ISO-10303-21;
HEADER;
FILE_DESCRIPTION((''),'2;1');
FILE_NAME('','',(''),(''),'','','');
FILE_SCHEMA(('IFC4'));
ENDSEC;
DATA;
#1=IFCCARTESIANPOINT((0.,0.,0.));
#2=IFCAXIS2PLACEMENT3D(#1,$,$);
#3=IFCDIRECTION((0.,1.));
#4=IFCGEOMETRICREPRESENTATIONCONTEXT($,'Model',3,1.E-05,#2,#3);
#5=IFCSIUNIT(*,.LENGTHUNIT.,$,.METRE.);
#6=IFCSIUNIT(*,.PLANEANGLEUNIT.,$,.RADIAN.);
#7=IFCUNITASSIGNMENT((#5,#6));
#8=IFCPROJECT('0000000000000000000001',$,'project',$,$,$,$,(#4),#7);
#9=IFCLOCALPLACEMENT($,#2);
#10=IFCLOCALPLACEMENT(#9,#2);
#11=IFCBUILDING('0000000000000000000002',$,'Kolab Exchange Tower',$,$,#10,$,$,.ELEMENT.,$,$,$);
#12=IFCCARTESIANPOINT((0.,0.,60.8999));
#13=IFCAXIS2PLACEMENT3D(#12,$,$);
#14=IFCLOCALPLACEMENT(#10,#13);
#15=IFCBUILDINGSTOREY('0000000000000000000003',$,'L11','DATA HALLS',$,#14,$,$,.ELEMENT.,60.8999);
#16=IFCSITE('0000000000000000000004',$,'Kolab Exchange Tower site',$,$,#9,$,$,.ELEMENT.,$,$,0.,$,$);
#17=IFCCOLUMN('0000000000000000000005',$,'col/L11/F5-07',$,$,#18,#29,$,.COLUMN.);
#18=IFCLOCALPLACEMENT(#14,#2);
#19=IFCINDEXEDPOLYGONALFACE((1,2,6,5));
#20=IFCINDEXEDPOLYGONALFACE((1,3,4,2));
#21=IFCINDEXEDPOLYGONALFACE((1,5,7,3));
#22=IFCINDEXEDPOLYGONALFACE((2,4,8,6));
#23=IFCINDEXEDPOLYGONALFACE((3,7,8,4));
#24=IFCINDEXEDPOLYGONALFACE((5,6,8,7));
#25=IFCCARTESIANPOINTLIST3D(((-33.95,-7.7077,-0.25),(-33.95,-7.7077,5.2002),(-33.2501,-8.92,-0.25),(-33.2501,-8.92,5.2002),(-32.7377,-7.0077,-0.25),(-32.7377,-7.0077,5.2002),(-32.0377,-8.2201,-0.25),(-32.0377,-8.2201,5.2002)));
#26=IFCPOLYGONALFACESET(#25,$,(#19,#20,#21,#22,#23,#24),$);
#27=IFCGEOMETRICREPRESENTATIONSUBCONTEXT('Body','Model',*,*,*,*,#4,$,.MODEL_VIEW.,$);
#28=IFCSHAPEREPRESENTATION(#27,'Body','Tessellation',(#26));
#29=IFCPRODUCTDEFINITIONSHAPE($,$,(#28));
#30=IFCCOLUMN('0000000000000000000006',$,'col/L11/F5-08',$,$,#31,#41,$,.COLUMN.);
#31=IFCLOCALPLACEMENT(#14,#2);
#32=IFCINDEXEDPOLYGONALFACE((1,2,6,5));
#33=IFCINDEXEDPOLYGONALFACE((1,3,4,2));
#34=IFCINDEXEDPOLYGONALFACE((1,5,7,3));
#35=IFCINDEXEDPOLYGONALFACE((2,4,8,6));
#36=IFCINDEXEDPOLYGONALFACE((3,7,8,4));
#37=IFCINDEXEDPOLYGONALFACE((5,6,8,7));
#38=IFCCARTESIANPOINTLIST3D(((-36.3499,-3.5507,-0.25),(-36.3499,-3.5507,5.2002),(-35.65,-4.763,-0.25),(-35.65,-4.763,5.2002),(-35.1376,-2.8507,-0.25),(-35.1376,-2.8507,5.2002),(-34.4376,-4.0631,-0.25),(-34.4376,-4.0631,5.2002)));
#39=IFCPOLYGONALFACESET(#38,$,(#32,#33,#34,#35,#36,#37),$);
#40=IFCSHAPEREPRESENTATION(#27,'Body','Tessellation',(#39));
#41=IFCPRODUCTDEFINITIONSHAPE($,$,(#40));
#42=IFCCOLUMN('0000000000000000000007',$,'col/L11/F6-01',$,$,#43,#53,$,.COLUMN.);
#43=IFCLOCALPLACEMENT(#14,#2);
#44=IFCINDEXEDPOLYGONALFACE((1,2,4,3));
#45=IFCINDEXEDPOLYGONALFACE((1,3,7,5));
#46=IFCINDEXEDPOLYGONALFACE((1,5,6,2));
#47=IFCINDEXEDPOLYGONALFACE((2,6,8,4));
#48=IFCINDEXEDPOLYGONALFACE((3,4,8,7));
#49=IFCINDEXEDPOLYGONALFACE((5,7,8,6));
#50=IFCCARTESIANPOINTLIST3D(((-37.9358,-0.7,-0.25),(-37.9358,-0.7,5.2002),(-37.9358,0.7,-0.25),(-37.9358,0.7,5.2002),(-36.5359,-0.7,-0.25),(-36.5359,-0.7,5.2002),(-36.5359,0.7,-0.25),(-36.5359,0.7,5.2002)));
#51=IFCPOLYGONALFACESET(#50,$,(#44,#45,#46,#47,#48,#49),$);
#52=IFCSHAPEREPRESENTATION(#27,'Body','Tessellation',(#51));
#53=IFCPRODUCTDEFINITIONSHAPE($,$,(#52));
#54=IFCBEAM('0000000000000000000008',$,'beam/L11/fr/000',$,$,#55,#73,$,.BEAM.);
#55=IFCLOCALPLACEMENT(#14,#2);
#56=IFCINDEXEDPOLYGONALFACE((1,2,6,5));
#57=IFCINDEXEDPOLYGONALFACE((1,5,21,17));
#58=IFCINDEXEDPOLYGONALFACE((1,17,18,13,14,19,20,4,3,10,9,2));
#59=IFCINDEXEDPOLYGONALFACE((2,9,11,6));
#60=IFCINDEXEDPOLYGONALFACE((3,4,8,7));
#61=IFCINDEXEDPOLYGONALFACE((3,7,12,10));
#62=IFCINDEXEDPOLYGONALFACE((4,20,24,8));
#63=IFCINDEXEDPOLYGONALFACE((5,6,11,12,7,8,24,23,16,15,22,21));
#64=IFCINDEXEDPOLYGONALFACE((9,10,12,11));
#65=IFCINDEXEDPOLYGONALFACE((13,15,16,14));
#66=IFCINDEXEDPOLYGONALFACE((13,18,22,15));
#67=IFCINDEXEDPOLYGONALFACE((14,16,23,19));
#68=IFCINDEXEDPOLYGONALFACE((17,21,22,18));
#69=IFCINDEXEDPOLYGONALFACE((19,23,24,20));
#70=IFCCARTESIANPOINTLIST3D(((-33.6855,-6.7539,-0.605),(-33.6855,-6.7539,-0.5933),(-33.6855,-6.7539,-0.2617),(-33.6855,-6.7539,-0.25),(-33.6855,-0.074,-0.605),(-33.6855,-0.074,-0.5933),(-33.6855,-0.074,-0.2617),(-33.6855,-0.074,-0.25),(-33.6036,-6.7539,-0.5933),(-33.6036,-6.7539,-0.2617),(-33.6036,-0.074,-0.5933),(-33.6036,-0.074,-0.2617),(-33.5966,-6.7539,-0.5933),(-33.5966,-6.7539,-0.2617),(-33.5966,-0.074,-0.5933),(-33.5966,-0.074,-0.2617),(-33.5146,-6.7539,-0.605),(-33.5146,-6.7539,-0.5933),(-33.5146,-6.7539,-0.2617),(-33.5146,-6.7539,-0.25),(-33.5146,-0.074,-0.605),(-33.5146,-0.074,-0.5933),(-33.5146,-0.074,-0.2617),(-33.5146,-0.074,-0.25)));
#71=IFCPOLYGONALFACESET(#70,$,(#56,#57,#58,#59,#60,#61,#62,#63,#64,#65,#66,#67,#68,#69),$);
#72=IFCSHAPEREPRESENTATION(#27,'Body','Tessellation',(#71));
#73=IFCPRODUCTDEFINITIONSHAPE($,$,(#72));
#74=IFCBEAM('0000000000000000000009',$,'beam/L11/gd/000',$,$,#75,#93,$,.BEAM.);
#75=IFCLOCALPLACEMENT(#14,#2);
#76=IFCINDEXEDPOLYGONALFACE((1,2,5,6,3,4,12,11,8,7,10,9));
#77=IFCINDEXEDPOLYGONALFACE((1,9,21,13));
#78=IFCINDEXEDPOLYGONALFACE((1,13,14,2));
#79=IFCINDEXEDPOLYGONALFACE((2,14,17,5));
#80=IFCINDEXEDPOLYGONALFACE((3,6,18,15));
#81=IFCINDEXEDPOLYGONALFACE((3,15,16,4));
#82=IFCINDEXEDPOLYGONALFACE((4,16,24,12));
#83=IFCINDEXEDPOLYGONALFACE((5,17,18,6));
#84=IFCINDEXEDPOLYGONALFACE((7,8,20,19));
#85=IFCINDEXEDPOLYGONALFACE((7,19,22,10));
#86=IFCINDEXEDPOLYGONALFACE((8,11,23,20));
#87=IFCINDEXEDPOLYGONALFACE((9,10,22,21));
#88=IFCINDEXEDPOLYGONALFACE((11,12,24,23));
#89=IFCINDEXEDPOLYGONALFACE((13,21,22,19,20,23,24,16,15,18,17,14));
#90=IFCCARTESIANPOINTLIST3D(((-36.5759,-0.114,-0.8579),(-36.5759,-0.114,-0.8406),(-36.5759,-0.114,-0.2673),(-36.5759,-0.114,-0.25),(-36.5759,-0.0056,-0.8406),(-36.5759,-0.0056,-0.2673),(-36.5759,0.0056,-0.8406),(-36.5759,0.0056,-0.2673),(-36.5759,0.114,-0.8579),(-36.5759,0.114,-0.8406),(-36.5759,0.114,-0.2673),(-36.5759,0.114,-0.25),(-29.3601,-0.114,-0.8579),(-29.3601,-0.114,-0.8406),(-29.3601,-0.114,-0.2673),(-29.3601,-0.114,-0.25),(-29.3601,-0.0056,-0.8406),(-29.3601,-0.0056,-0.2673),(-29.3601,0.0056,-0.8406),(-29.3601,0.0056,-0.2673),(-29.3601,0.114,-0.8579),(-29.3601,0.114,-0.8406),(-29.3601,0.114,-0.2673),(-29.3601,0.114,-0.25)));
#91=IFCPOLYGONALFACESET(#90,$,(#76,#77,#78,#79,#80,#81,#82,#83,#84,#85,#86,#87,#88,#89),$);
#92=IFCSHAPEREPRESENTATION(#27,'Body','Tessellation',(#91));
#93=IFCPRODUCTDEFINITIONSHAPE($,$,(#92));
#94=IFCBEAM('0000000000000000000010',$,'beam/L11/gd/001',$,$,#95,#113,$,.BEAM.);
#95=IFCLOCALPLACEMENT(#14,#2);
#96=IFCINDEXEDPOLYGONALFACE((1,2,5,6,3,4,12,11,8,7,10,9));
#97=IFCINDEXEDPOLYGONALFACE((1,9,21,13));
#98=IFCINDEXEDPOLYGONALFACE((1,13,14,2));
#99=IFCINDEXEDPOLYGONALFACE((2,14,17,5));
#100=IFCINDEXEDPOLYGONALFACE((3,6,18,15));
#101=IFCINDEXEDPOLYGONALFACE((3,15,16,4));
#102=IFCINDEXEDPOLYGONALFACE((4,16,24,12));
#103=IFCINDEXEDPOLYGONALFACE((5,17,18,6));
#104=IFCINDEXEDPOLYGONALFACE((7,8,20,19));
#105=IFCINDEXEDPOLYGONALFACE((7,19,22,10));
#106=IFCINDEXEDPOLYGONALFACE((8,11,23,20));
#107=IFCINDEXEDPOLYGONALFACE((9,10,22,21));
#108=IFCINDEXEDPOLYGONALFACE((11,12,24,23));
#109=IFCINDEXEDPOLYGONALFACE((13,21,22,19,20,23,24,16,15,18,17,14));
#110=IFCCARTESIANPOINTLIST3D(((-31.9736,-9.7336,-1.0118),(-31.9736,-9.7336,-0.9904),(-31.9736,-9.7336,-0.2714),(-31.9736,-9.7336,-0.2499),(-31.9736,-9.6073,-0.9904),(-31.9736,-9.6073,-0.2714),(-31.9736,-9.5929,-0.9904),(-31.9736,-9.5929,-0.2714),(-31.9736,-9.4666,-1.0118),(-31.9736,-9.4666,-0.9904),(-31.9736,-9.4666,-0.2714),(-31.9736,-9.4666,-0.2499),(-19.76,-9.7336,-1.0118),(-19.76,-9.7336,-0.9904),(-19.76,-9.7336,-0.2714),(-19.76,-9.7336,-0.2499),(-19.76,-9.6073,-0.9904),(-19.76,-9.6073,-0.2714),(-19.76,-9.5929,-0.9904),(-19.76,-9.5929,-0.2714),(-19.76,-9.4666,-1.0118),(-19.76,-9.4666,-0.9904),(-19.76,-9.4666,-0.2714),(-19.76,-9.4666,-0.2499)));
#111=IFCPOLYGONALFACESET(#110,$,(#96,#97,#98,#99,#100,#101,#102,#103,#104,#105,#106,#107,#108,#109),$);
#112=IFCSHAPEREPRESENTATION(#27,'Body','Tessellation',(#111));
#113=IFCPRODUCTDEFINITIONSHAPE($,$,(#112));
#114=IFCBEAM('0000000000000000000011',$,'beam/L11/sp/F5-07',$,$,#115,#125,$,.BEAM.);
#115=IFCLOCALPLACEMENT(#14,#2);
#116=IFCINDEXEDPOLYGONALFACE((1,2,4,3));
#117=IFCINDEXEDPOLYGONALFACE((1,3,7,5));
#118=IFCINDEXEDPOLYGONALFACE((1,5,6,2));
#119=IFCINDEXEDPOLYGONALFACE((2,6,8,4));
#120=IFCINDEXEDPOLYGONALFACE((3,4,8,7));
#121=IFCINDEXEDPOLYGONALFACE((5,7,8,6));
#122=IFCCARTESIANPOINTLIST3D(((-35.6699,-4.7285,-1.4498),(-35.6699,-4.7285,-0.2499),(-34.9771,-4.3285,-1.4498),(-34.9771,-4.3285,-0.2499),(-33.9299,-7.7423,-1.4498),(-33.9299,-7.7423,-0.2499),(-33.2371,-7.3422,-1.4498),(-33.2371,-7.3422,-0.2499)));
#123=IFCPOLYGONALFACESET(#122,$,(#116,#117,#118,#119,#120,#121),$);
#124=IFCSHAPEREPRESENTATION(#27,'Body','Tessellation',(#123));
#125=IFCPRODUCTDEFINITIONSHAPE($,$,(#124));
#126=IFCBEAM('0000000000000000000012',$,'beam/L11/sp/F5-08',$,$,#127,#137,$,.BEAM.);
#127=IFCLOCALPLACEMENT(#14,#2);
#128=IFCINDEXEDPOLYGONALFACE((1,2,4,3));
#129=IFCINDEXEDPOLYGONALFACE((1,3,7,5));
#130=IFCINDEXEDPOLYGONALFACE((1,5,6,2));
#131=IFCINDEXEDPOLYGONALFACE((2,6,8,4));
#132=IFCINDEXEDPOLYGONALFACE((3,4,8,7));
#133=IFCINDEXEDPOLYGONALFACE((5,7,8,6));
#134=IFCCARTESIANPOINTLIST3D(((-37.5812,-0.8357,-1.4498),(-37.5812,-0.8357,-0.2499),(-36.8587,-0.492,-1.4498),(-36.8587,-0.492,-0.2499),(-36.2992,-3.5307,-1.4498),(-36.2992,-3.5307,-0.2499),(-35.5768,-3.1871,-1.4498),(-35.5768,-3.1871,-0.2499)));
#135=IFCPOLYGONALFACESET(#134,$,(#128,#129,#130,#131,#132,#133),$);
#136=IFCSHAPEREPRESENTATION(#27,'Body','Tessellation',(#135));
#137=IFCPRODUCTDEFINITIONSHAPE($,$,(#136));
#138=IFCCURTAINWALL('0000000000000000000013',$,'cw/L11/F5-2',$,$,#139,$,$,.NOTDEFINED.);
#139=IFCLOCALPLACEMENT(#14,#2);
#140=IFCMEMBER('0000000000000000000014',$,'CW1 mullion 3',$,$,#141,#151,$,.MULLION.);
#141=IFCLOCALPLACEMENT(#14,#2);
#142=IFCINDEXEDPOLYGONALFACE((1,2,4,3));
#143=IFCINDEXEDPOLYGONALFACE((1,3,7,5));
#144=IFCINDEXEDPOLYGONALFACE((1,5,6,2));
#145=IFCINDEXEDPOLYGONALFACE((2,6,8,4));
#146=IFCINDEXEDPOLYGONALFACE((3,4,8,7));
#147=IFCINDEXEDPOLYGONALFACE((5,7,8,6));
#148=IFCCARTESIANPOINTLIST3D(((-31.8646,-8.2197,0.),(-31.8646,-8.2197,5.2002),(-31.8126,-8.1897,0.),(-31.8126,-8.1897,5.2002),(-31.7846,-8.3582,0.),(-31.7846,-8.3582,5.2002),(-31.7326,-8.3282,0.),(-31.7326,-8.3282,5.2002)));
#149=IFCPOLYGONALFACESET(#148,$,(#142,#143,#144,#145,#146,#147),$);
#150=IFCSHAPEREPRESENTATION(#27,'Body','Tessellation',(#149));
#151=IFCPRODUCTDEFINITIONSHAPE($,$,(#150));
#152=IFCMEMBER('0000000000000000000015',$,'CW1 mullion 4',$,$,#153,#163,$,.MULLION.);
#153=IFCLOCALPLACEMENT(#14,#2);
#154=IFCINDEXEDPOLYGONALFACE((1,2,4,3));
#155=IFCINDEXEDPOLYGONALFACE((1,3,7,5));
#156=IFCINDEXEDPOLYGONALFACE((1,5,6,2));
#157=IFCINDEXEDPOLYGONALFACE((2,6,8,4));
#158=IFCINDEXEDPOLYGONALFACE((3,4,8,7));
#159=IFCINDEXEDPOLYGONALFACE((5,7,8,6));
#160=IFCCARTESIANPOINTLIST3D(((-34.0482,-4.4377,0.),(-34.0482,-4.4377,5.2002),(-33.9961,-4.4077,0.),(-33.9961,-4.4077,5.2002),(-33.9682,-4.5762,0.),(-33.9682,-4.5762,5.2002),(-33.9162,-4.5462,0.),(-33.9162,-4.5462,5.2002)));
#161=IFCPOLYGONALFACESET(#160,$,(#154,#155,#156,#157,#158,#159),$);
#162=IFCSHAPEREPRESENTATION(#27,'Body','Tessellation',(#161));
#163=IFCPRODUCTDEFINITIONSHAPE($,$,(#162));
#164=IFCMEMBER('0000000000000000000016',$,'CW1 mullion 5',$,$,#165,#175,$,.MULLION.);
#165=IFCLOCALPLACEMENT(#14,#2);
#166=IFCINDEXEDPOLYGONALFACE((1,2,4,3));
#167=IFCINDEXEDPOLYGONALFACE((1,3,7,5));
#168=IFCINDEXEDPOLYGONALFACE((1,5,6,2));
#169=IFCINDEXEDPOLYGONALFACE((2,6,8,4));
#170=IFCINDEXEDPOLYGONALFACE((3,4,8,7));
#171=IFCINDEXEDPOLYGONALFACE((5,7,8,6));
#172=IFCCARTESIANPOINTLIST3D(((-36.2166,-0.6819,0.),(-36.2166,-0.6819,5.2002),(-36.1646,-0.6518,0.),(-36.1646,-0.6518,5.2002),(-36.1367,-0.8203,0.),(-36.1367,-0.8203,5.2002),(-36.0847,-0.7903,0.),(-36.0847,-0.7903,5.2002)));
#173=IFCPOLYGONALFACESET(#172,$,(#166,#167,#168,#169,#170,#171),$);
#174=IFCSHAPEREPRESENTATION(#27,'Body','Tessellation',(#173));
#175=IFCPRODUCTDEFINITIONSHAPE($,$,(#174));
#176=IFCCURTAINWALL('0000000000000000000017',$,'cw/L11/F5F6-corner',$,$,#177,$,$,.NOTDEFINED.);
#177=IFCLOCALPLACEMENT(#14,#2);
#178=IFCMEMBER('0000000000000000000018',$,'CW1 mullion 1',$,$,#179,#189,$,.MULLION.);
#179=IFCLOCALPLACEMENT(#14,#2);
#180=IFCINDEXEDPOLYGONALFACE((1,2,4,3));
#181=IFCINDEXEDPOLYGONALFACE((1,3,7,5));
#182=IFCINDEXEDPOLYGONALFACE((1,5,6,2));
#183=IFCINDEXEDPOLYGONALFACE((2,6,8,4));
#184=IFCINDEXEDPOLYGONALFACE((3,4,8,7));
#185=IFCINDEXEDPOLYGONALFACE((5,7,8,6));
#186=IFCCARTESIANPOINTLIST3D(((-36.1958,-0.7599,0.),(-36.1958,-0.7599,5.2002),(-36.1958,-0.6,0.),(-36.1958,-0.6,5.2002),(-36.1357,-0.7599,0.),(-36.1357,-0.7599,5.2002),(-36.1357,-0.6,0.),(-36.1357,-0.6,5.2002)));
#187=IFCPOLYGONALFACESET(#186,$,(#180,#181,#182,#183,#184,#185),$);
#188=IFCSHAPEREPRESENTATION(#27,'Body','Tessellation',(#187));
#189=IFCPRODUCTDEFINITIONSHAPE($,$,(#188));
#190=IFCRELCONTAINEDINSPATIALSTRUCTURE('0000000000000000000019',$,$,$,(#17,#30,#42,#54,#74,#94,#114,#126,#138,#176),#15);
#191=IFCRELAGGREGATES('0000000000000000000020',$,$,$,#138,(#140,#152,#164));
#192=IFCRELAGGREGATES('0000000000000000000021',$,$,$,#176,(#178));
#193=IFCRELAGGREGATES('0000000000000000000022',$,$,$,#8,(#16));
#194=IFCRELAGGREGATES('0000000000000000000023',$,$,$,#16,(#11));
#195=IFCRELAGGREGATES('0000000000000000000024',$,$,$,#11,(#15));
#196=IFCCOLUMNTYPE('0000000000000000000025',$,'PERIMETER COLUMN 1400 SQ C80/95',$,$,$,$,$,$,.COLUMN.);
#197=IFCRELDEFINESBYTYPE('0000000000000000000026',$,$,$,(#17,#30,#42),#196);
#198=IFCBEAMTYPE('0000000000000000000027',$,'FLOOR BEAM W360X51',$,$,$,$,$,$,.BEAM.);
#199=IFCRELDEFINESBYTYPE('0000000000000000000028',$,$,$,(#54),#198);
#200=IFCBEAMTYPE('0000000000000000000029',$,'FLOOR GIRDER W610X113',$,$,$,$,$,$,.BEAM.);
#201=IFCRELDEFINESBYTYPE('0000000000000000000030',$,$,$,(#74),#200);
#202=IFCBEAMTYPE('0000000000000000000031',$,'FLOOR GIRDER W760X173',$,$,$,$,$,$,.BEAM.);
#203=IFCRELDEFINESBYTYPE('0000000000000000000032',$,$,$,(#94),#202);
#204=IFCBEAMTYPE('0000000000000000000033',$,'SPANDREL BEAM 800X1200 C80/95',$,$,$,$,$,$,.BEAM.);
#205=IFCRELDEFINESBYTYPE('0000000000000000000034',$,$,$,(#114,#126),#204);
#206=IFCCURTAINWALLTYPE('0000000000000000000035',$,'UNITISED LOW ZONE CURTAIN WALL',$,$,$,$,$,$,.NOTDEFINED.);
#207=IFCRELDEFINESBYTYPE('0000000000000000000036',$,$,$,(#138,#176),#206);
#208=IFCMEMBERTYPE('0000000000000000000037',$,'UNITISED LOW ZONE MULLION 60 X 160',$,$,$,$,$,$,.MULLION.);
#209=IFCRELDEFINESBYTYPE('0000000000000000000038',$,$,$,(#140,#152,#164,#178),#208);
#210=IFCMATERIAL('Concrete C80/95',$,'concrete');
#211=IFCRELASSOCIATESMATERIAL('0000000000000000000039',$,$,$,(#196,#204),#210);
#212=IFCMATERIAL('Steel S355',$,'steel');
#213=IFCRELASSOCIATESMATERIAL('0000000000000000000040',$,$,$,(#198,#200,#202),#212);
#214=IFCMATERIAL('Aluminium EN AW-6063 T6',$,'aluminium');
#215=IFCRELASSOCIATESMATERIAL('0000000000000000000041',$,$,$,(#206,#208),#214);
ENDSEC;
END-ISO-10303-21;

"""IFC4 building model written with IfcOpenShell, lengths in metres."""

from ifc_helpers import new_model, si_unit, direction, frame, origin, origin_2d, place, context, subcontext, project, spatial, rectangle, i_section, extrude, material, material_profile, profile_set, type_object, element, aggregate, save


model = new_model("IFC4")

# Units and contexts
model_context = context("Model", 3, precision=1e-05, world=origin(), true_north=direction((0.0, 1.0)))
body_context = subcontext(model_context, "Body", "Model", "MODEL_VIEW")
ifc_project = project(units=[si_unit("LENGTHUNIT", "METRE"), si_unit("PLANEANGLEUNIT", "RADIAN")], contexts=[model_context])

# Site, building, storey
site_placement = place(None, origin())
site = spatial("IfcSite", under=ifc_project, at=site_placement, Name="Kolab Exchange Tower site", CompositionType="ELEMENT", RefElevation=0.0)
building_placement = place(site_placement, origin())
building = spatial("IfcBuilding", under=site, at=building_placement, Name="Kolab Exchange Tower", CompositionType="ELEMENT")
storey_placement = place(building_placement, frame((0.0, 0.0, 60.8999)))
storey = spatial("IfcBuildingStorey", under=building, at=storey_placement, Name="L11", Description="DATA HALLS", CompositionType="ELEMENT", Elevation=60.8999)

# Columns
ifc_material_1 = material(Name="Concrete C80/95", Category="concrete")
ifc_material_profile_1 = material_profile(ifc_material_1, rectangle(XDim=1.3999, YDim=1.3999, at=origin_2d()), Name="RC1400")
ifc_profile_set_1 = profile_set([ifc_material_profile_1], Name="Concrete C80/95")
column_type = type_object("IfcColumnType", Name="PERIMETER COLUMN 1400 SQ C80/95", PredefinedType="COLUMN", material=ifc_profile_set_1)
for number, where, z_axis, x_axis, name in (
    (1, (-32.9939, -7.9639, -0.25), (0.0, 0.0, 1.0), (0.866025, 0.5, 0.0), "col/L11/F5-07"),
    (2, (-35.3938, -3.8069, -0.25), (0.0, 0.0, 1.0), (0.866025, 0.5, 0.0), "col/L11/F5-08"),
    (3, (-37.2358, 0.0, -0.25), (0.0, 0.0, 1.0), (1.0, 0.0, 0.0), "col/L11/F6-01"),
):
    element("IfcColumn", number, at=place(storey_placement, frame(where, z_axis=z_axis, x_axis=x_axis)), inside=storey, type_object=column_type, Name=name, PredefinedType="COLUMN", context=body_context, shape_type="SweptSolid", body=[
        extrude(rectangle(XDim=1.3999, YDim=1.3999, at=origin_2d()), origin(), (0.0, 0.0, 1.0), 5.4502),
    ])

# Beams
ifc_material_2 = material(Name="Steel S355", Category="steel")
ifc_material_profile_2 = material_profile(ifc_material_2, i_section(OverallWidth=0.1709, OverallDepth=0.355, WebThickness=0.0071, FlangeThickness=0.0117, at=origin_2d()), Name="W360X51")
ifc_profile_set_2 = profile_set([ifc_material_profile_2], Name="Steel S355")
beam_type_1 = type_object("IfcBeamType", Name="FLOOR BEAM W360X51", PredefinedType="BEAM", material=ifc_profile_set_2)
beam_1_placement = place(storey_placement, frame((-33.6001, -6.7539, -0.4275), z_axis=(0.0, 1.0, 0.0), x_axis=(-1.0, 0.0, 0.0)))
element("IfcBeam", 4, at=beam_1_placement, inside=storey, type_object=beam_type_1, Name="beam/L11/fr/000", PredefinedType="BEAM", context=body_context, shape_type="SweptSolid", body=[
    extrude(i_section(OverallWidth=0.1709, OverallDepth=0.355, WebThickness=0.0071, FlangeThickness=0.0117, at=origin_2d()), origin(), (0.0, 0.0, 1.0), 6.6799),
])
ifc_material_profile_3 = material_profile(ifc_material_2, i_section(OverallWidth=0.228, OverallDepth=0.6079, WebThickness=0.0112, FlangeThickness=0.0173, at=origin_2d()), Name="W610X113")
ifc_profile_set_3 = profile_set([ifc_material_profile_3], Name="Steel S355")
beam_type_2 = type_object("IfcBeamType", Name="FLOOR GIRDER W610X113", PredefinedType="BEAM", material=ifc_profile_set_3)
beam_2_placement = place(storey_placement, frame((-36.5759, 0.0, -0.554), z_axis=(1.0, 0.0, 0.0), x_axis=(0.0, 1.0, 0.0)))
element("IfcBeam", 5, at=beam_2_placement, inside=storey, type_object=beam_type_2, Name="beam/L11/gd/000", PredefinedType="BEAM", context=body_context, shape_type="SweptSolid", body=[
    extrude(i_section(OverallWidth=0.228, OverallDepth=0.6079, WebThickness=0.0112, FlangeThickness=0.0173, at=origin_2d()), origin(), (0.0, 0.0, 1.0), 7.2158),
])
ifc_material_profile_4 = material_profile(ifc_material_2, i_section(OverallWidth=0.2671, OverallDepth=0.762, WebThickness=0.0144, FlangeThickness=0.0215, at=origin_2d()), Name="W760X173")
ifc_profile_set_4 = profile_set([ifc_material_profile_4], Name="Steel S355")
beam_type_3 = type_object("IfcBeamType", Name="FLOOR GIRDER W760X173", PredefinedType="BEAM", material=ifc_profile_set_4)
beam_3_placement = place(storey_placement, frame((-31.9736, -9.6001, -0.6309), z_axis=(1.0, 0.0, 0.0), x_axis=(0.0, 1.0, 0.0)))
element("IfcBeam", 6, at=beam_3_placement, inside=storey, type_object=beam_type_3, Name="beam/L11/gd/001", PredefinedType="BEAM", context=body_context, shape_type="SweptSolid", body=[
    extrude(i_section(OverallWidth=0.2671, OverallDepth=0.762, WebThickness=0.0144, FlangeThickness=0.0215, at=origin_2d()), origin(), (0.0, 0.0, 1.0), 12.2136),
])
ifc_material_profile_5 = material_profile(ifc_material_1, rectangle(XDim=0.8, YDim=1.2, at=origin_2d()), Name="RC800X1200")
ifc_profile_set_5 = profile_set([ifc_material_profile_5], Name="Concrete C80/95")
beam_type_4 = type_object("IfcBeamType", Name="SPANDREL BEAM 800X1200 C80/95", PredefinedType="BEAM", material=ifc_profile_set_5)
beam_4_placement = place(storey_placement, frame((-33.5835, -7.5422, -0.8499), z_axis=(-0.50001, 0.86602, 0.0), x_axis=(-0.86602, -0.50001, 0.0)))
element("IfcBeam", 7, at=beam_4_placement, inside=storey, type_object=beam_type_4, Name="beam/L11/sp/F5-07", PredefinedType="BEAM", context=body_context, shape_type="SweptSolid", body=[
    extrude(rectangle(XDim=0.8, YDim=1.2, at=origin_2d()), origin(), (0.0, 0.0, 1.0), 3.48),
])
beam_5_placement = place(storey_placement, frame((-35.938, -3.3589, -0.8499), z_axis=(-0.429556, 0.90304, 0.0), x_axis=(-0.90304, -0.429556, 0.0)))
element("IfcBeam", 8, at=beam_5_placement, inside=storey, type_object=beam_type_4, Name="beam/L11/sp/F5-08", PredefinedType="BEAM", context=body_context, shape_type="SweptSolid", body=[
    extrude(rectangle(XDim=0.8, YDim=1.2, at=origin_2d()), origin(), (0.0, 0.0, 1.0), 2.9844),
])

# Curtain wall, members
ifc_material_3 = material(Name="Aluminium EN AW-6063 T6", Category="aluminium")
curtain_wall_type = type_object("IfcCurtainWallType", Name="UNITISED LOW ZONE CURTAIN WALL", PredefinedType="NOTDEFINED", material=ifc_material_3)
curtain_wall_1_placement = place(storey_placement, origin())
curtain_wall_1 = element("IfcCurtainWall", 9, at=curtain_wall_1_placement, inside=storey, type_object=curtain_wall_type, Name="cw/L11/F5-2", PredefinedType="NOTDEFINED")
ifc_material_profile_6 = material_profile(ifc_material_3, rectangle(XDim=0.0601, YDim=0.1599, at=origin_2d()), Name="RECT 60X160")
ifc_profile_set_6 = profile_set([ifc_material_profile_6], Name="Aluminium EN AW-6063 T6")
member_type_1 = type_object("IfcMemberType", Name="UNITISED LOW ZONE MULLION 60 X 160", PredefinedType="MULLION", material=ifc_profile_set_6)
member_1_placement = place(storey_placement, frame((-31.7986, -8.2739, 0.0), z_axis=(0.0, 0.0, 1.0), x_axis=(-0.866025, -0.5, 0.0)))
member_1 = element("IfcMember", 10, at=member_1_placement, type_object=member_type_1, Name="CW1 mullion 3", PredefinedType="MULLION", context=body_context, shape_type="SweptSolid", body=[
    extrude(rectangle(XDim=0.0601, YDim=0.1599, at=origin_2d()), origin(), (0.0, 0.0, 1.0), 5.2002),
])
member_2_placement = place(storey_placement, frame((-33.9822, -4.4919, 0.0), z_axis=(0.0, 0.0, 1.0), x_axis=(-0.866025, -0.5, 0.0)))
member_2 = element("IfcMember", 11, at=member_2_placement, type_object=member_type_1, Name="CW1 mullion 4", PredefinedType="MULLION", context=body_context, shape_type="SweptSolid", body=[
    extrude(rectangle(XDim=0.0601, YDim=0.1599, at=origin_2d()), origin(), (0.0, 0.0, 1.0), 5.2002),
])
member_3_placement = place(storey_placement, frame((-36.1506, -0.7361, 0.0), z_axis=(0.0, 0.0, 1.0), x_axis=(-0.866025, -0.5, 0.0)))
member_3 = element("IfcMember", 12, at=member_3_placement, type_object=member_type_1, Name="CW1 mullion 5", PredefinedType="MULLION", context=body_context, shape_type="SweptSolid", body=[
    extrude(rectangle(XDim=0.0601, YDim=0.1599, at=origin_2d()), origin(), (0.0, 0.0, 1.0), 5.2002),
])

# Curtain wall, member
curtain_wall_2_placement = place(storey_placement, origin())
curtain_wall_2 = element("IfcCurtainWall", 13, at=curtain_wall_2_placement, inside=storey, type_object=curtain_wall_type, Name="cw/L11/F5F6-corner", PredefinedType="NOTDEFINED")
member_4_placement = place(storey_placement, frame((-36.1658, -0.6799, 0.0), z_axis=(0.0, 0.0, 1.0), x_axis=(-1.0, 0.0, 0.0)))
member_4 = element("IfcMember", 14, at=member_4_placement, type_object=member_type_1, Name="CW1 mullion 1", PredefinedType="MULLION", context=body_context, shape_type="SweptSolid", body=[
    extrude(rectangle(XDim=0.0601, YDim=0.1599, at=origin_2d()), origin(), (0.0, 0.0, 1.0), 5.2002),
])

aggregate(curtain_wall_1, [member_1, member_2, member_3])
aggregate(curtain_wall_2, [member_4])

save(model, "model.ifc")
